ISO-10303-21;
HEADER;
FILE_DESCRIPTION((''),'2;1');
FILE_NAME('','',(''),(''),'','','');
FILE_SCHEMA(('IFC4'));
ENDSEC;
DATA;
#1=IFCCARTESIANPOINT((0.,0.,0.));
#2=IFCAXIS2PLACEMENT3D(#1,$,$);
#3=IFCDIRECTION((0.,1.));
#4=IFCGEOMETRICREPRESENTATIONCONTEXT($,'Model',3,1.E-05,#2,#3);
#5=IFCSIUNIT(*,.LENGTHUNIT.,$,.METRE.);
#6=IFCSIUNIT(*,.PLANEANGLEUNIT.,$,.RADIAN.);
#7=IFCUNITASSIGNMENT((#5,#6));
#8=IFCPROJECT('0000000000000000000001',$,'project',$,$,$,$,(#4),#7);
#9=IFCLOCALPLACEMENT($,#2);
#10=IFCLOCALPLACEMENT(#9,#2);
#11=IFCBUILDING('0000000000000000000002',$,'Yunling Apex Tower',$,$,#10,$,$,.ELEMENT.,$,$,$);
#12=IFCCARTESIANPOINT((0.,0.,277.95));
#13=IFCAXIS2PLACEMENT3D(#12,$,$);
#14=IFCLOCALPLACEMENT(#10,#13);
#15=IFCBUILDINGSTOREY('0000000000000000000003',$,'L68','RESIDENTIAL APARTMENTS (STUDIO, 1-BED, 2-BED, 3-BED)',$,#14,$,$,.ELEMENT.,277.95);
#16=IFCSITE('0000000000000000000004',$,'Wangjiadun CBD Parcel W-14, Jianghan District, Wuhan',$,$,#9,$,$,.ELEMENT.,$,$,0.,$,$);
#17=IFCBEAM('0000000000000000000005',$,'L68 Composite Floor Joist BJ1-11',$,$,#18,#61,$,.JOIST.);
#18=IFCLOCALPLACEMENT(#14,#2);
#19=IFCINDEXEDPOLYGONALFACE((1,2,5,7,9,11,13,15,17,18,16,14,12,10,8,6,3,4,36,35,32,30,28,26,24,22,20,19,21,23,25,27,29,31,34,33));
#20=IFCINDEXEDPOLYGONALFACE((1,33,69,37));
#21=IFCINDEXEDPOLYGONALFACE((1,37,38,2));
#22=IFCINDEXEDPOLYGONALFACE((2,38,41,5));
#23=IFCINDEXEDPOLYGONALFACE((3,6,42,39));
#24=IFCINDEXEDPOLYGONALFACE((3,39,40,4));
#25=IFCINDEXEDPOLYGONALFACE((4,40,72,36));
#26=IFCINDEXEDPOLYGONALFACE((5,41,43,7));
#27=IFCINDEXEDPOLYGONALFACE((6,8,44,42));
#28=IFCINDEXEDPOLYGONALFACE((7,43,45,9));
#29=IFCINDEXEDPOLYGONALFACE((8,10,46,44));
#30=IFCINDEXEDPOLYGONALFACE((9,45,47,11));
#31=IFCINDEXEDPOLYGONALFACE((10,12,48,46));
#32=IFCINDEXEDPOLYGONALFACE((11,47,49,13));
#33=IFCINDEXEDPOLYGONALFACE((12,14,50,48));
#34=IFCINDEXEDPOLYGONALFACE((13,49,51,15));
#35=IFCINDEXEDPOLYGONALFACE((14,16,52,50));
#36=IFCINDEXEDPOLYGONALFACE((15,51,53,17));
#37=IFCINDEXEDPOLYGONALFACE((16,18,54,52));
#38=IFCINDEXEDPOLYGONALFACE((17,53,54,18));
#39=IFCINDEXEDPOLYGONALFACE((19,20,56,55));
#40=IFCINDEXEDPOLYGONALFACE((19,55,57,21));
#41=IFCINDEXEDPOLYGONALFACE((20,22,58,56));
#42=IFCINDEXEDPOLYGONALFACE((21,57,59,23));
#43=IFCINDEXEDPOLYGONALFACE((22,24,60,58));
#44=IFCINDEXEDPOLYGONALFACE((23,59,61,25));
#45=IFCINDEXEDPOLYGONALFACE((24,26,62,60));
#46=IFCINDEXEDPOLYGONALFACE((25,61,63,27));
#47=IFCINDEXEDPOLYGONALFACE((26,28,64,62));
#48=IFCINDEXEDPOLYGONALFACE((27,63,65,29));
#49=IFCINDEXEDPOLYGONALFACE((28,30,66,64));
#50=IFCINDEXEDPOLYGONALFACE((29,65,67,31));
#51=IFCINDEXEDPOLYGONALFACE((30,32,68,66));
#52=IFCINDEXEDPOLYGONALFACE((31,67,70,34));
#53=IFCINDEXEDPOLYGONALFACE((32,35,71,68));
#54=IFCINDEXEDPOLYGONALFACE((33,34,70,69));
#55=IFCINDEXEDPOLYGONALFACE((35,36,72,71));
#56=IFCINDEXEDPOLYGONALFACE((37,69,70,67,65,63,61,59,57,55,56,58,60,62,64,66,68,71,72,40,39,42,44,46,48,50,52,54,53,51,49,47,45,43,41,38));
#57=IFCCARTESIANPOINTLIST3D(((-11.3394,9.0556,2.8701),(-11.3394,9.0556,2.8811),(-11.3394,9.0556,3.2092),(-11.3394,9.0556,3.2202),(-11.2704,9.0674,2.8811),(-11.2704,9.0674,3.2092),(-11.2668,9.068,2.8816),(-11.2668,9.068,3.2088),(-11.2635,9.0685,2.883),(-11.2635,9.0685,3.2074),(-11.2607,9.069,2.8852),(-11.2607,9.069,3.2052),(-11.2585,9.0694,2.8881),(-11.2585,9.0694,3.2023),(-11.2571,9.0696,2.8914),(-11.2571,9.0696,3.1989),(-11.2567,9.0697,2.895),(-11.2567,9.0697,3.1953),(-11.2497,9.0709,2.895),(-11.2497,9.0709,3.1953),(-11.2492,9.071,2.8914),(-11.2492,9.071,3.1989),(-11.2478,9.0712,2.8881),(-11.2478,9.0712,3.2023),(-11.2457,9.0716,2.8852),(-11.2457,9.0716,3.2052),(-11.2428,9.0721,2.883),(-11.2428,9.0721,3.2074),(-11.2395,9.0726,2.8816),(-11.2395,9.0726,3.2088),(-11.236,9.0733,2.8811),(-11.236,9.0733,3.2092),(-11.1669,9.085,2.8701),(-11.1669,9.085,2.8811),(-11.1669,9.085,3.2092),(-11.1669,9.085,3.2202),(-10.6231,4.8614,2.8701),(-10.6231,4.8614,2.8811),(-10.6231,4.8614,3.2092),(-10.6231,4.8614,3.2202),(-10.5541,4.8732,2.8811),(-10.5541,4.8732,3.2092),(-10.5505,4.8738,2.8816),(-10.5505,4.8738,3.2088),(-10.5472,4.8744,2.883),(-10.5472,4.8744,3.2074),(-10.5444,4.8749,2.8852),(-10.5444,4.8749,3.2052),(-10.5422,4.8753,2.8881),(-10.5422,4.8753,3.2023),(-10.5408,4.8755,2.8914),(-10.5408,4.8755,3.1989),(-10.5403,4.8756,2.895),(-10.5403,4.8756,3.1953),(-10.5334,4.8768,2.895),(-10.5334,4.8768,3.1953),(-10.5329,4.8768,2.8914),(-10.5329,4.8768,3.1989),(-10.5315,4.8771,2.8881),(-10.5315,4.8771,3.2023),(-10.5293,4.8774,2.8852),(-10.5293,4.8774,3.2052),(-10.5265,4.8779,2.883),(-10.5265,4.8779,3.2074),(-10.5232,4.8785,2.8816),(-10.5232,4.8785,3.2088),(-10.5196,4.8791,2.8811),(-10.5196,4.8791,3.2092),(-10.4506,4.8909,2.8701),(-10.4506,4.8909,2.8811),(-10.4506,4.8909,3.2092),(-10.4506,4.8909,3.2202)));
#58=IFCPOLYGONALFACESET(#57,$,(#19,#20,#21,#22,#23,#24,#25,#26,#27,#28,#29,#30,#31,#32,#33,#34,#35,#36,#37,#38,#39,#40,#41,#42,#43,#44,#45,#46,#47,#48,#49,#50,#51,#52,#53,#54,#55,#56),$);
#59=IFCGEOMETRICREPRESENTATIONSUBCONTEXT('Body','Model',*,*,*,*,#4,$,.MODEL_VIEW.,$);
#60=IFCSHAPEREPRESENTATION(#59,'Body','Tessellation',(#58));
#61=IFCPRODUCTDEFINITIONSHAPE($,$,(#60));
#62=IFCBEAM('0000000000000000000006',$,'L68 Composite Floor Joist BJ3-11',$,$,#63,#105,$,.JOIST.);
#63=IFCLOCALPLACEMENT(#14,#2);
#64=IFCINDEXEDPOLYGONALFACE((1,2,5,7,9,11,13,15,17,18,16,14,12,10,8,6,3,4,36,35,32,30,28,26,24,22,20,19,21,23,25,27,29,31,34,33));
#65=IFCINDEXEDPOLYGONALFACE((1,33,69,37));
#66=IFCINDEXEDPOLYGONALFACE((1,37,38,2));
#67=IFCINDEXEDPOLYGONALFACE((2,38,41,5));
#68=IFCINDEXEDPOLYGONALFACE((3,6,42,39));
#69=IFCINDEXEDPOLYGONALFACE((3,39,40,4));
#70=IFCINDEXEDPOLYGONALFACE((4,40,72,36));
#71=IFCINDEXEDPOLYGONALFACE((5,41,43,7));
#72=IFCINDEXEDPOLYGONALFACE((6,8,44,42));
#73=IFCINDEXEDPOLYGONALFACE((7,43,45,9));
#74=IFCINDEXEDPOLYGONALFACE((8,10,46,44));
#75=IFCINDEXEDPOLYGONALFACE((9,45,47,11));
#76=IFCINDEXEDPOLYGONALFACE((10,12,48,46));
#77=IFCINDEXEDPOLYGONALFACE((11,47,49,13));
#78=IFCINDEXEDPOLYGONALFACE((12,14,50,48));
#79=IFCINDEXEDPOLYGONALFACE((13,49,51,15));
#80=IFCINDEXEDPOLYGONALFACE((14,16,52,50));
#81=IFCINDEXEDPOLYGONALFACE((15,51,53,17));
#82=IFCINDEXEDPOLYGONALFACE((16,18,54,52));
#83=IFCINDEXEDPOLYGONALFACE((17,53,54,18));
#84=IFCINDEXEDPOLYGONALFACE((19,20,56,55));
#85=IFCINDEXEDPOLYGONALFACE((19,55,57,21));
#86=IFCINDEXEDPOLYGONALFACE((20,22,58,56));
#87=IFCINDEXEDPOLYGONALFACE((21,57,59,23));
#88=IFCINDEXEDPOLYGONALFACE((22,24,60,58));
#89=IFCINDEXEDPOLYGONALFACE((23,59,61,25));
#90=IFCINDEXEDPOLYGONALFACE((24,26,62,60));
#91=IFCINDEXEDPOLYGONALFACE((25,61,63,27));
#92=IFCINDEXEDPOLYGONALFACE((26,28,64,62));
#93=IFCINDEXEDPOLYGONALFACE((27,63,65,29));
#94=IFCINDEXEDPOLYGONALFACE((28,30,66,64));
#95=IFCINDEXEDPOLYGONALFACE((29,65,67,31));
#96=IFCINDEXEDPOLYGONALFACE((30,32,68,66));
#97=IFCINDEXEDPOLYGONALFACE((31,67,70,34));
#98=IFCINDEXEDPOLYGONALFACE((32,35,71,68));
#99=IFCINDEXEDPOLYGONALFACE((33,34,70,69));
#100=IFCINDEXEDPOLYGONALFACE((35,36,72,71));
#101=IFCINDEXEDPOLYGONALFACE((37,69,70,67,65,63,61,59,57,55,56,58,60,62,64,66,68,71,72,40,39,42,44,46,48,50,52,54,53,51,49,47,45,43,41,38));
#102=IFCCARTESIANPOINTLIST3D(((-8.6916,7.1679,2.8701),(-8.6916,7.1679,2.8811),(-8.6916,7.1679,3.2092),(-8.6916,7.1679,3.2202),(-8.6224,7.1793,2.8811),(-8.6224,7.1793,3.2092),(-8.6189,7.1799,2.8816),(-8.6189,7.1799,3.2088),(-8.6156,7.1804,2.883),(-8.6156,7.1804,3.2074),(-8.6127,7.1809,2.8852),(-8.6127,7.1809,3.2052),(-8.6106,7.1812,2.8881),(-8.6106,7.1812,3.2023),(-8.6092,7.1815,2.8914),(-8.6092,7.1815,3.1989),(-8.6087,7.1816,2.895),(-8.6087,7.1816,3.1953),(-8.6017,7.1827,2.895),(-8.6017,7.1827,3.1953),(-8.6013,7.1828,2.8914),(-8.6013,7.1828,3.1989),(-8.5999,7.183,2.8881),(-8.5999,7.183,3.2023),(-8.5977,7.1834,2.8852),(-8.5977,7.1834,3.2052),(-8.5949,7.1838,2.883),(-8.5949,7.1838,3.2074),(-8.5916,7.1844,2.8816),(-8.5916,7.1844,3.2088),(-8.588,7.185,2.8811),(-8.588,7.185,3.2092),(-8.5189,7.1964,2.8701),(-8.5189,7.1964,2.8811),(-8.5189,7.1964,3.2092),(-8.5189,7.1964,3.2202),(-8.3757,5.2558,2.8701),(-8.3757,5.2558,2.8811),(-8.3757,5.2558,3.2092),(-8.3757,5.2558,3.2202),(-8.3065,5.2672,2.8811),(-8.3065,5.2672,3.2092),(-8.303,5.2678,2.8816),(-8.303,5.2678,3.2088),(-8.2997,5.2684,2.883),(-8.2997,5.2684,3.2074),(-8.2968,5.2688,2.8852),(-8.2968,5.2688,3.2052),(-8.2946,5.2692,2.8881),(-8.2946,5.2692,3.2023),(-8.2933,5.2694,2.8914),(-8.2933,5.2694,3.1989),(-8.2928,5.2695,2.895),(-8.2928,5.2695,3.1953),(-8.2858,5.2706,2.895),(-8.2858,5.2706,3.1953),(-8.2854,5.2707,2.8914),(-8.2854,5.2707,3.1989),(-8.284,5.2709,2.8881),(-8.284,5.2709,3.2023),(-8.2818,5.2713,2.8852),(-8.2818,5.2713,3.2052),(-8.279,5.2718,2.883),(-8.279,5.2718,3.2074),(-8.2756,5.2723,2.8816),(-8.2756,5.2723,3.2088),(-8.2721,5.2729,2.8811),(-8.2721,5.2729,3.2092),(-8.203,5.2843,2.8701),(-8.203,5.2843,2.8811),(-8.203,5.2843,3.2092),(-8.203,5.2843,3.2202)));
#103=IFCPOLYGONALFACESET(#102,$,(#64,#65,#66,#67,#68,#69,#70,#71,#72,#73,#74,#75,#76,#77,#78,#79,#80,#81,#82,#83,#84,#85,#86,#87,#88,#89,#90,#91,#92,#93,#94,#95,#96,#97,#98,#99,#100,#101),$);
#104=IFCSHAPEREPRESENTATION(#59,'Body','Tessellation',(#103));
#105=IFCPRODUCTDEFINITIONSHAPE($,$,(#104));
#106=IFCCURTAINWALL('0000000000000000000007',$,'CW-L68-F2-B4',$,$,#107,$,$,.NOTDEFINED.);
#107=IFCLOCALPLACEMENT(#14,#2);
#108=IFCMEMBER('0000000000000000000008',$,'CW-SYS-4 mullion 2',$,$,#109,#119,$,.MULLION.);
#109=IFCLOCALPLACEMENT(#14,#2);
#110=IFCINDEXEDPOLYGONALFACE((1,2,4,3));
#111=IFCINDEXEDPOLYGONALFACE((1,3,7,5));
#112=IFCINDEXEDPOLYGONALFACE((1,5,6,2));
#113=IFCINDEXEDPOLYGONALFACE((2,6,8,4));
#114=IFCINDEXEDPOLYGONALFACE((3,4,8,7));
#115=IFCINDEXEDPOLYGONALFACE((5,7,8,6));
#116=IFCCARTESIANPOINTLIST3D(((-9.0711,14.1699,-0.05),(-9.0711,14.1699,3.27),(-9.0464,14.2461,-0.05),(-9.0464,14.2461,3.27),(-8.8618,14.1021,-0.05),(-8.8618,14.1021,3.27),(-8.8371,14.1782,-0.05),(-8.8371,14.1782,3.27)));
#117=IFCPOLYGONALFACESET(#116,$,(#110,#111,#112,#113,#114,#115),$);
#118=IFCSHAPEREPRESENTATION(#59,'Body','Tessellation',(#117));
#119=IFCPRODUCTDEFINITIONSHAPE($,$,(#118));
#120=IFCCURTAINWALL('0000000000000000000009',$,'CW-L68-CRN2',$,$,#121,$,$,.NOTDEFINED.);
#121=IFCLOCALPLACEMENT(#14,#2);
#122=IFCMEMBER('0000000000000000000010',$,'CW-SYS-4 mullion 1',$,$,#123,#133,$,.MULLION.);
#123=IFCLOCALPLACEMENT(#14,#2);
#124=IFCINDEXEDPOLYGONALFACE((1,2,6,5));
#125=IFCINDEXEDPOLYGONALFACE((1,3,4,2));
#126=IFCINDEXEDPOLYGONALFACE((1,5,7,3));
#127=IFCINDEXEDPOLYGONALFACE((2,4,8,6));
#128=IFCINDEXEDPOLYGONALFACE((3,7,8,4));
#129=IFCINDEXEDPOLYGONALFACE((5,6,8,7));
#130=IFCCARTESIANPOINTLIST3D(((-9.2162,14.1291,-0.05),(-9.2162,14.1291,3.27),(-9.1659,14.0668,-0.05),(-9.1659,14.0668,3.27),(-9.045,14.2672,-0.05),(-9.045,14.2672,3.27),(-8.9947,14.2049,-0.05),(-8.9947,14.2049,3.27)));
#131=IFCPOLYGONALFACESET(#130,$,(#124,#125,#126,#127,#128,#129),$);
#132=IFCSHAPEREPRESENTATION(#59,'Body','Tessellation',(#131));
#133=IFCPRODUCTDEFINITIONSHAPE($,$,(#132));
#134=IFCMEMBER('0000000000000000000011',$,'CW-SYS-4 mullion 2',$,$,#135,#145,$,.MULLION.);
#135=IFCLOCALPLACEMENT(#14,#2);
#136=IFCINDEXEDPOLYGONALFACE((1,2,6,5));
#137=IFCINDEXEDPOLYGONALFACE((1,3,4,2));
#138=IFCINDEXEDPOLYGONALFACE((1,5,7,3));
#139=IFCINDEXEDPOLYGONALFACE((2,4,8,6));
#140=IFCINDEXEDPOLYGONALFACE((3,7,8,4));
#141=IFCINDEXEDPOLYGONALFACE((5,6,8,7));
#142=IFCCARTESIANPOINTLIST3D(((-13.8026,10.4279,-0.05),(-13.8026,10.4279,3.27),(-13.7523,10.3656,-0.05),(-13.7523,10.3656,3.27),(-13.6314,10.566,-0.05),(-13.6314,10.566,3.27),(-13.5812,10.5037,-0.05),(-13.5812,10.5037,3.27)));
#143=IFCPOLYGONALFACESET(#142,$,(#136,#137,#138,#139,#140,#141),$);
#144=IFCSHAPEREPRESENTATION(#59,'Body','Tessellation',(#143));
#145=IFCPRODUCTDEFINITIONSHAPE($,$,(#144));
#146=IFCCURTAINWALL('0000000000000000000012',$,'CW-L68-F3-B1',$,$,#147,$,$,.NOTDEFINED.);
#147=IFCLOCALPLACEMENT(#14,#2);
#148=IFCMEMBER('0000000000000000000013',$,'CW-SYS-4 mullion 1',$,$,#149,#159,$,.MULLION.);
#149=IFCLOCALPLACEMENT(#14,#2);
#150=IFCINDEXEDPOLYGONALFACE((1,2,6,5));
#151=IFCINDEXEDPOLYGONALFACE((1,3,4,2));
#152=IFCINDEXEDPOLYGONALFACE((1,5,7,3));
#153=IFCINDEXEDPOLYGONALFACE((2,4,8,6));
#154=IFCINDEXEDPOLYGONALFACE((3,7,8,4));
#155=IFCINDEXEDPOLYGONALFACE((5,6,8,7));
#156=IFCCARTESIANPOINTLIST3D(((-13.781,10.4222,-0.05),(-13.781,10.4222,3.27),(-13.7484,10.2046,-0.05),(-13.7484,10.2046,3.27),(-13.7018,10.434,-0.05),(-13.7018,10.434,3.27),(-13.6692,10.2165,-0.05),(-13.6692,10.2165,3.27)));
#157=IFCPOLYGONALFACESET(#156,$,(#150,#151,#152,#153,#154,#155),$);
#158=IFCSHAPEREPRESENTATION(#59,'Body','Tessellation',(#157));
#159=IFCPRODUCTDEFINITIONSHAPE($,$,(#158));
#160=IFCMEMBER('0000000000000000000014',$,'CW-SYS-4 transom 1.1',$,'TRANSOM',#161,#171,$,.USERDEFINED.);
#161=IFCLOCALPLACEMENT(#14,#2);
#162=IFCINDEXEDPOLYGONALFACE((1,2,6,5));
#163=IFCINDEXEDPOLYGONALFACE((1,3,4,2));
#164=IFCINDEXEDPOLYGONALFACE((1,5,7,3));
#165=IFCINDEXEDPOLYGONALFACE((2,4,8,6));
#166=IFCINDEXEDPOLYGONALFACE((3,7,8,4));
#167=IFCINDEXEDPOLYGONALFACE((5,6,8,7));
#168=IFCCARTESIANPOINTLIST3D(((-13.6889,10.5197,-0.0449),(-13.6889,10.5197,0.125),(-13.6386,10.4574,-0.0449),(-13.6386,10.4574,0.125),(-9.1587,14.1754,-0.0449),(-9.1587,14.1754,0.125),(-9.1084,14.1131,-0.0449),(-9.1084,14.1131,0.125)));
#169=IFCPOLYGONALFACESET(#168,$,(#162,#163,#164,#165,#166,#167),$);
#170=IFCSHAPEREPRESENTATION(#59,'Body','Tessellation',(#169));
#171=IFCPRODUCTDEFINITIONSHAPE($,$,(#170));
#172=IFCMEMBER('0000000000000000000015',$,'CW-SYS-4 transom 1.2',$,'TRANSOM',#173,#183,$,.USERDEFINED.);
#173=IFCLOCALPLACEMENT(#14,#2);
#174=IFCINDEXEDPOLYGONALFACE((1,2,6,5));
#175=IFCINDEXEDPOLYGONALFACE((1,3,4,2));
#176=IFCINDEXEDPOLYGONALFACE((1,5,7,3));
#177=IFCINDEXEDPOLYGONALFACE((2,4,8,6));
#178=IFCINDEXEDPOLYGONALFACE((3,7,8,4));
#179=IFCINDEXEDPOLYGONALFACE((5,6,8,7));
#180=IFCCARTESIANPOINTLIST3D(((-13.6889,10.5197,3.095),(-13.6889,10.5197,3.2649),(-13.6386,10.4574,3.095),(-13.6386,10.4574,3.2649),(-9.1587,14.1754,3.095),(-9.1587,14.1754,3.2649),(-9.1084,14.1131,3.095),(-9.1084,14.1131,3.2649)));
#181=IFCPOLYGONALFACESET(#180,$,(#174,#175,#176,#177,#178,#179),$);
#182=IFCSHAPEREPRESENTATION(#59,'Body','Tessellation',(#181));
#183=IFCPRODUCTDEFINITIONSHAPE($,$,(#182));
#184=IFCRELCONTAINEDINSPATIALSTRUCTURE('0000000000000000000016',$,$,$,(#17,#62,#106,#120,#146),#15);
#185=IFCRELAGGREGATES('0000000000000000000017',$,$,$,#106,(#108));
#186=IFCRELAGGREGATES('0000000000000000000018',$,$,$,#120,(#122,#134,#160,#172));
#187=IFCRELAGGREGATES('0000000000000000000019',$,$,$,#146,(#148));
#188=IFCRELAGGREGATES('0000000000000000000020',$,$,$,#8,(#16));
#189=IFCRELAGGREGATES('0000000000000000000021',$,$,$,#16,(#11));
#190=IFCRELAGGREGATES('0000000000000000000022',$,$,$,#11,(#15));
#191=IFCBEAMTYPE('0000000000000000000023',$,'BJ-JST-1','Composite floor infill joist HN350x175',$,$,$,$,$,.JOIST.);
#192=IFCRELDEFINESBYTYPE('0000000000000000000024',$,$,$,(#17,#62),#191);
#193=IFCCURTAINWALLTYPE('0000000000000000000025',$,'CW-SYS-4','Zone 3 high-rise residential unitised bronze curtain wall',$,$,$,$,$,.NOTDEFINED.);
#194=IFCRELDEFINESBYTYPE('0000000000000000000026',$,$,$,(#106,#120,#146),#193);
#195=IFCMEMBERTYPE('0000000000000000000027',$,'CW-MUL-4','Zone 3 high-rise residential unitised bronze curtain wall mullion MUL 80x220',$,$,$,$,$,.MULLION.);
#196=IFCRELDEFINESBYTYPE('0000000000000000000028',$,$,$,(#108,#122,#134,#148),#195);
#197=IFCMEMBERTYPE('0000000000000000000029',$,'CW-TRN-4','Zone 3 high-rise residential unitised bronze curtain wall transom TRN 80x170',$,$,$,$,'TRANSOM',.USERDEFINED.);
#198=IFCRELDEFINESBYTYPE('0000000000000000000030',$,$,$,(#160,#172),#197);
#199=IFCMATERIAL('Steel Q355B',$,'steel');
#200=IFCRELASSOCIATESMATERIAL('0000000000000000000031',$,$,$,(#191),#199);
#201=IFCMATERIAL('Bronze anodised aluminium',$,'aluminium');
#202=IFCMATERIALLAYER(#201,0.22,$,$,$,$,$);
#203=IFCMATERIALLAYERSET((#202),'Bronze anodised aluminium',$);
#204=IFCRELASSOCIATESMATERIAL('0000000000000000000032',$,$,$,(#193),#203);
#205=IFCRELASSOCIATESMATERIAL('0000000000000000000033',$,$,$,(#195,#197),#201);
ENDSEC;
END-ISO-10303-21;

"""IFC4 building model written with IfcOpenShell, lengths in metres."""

from ifc_helpers import new_model, si_unit, direction, frame, origin, origin_2d, place, context, subcontext, project, spatial, rectangle, i_section, extrude, source, transform, mapped, material, layer, layer_set, material_profile, profile_set, type_object, element, aggregate, save


model = new_model("IFC4")

# Units and contexts
model_context = context("Model", 3, precision=1e-05, world=origin(), true_north=direction((0.0, 1.0)))
body_context = subcontext(model_context, "Body", "Model", "MODEL_VIEW")
ifc_project = project(units=[si_unit("LENGTHUNIT", "METRE"), si_unit("PLANEANGLEUNIT", "RADIAN")], contexts=[model_context])

# Site, building, storey
site_placement = place(None, origin())
site = spatial("IfcSite", under=ifc_project, at=site_placement, Name="Wangjiadun CBD Parcel W-14, Jianghan District, Wuhan", CompositionType="ELEMENT", RefElevation=0.0)
building_placement = place(site_placement, origin())
building = spatial("IfcBuilding", under=site, at=building_placement, Name="Yunling Apex Tower", CompositionType="ELEMENT")
storey_placement = place(building_placement, frame((0.0, 0.0, 277.95)))
storey = spatial("IfcBuildingStorey", under=building, at=storey_placement, Name="L68", Description="RESIDENTIAL APARTMENTS (STUDIO, 1-BED, 2-BED, 3-BED)", CompositionType="ELEMENT", Elevation=277.95)

# Shared definitions
ifc_material_1 = material(Name="Steel Q355B", Category="steel")

# Beams
ifc_material_profile_1 = material_profile(ifc_material_1, i_section(OverallWidth=0.175, OverallDepth=0.3501, WebThickness=0.0071, FlangeThickness=0.011, FilletRadius=0.0139, at=origin_2d()))
ifc_profile_set_1 = profile_set([ifc_material_profile_1], Name="Steel Q355B")
beam_type_1 = type_object("IfcBeamType", Name="BJ-JST-1", Description="Composite floor infill joist HN350x175", PredefinedType="JOIST", material=ifc_profile_set_1)
shared_shape_1 = source(origin(), body_context, "Body", "SweptSolid", [
    extrude(i_section(OverallWidth=0.175, OverallDepth=0.3501, WebThickness=0.0071, FlangeThickness=0.011, FilletRadius=0.0139, at=origin_2d()), origin(), (0.0, 0.0, 1.0), 4.2549),
])
beam_1_placement = place(storey_placement, frame((-11.2532, 9.0703, 3.0452), z_axis=(0.168352, -0.985727, 0.0), x_axis=(0.985727, 0.168352, 0.0)))
element("IfcBeam", 1, at=beam_1_placement, inside=storey, type_object=beam_type_1, Name="L68 Composite Floor Joist BJ1-11", PredefinedType="JOIST", context=body_context, shape_type="MappedRepresentation", body=[
    mapped(shared_shape_1, transform((0.0, 0.0, 0.0), scale=1.0)),
])
shared_shape_2 = source(origin(), body_context, "Body", "SweptSolid", [
    extrude(i_section(OverallWidth=0.175, OverallDepth=0.3501, WebThickness=0.0071, FlangeThickness=0.011, FilletRadius=0.0139, at=origin_2d()), origin(), (0.0, 0.0, 1.0), 1.938),
])
beam_2_placement = place(storey_placement, frame((-8.6052, 7.1821, 3.0452), z_axis=(0.16301, -0.986624, 0.0), x_axis=(0.986624, 0.16301, 0.0)))
element("IfcBeam", 2, at=beam_2_placement, inside=storey, type_object=beam_type_1, Name="L68 Composite Floor Joist BJ3-11", PredefinedType="JOIST", context=body_context, shape_type="MappedRepresentation", body=[
    mapped(shared_shape_2, transform((0.0, 0.0, 0.0), scale=1.0)),
])

# Curtain wall, member
ifc_material_2 = material(Name="Bronze anodised aluminium", Category="aluminium")
ifc_layer_1 = layer(ifc_material_2, 0.22)
ifc_layer_set_1 = layer_set([ifc_layer_1], Name="Bronze anodised aluminium")
curtain_wall_type = type_object("IfcCurtainWallType", Name="CW-SYS-4", Description="Zone 3 high-rise residential unitised bronze curtain wall", PredefinedType="NOTDEFINED", material=ifc_layer_set_1)
curtain_wall_1_placement = place(storey_placement, origin())
curtain_wall_1 = element("IfcCurtainWall", 3, at=curtain_wall_1_placement, inside=storey, type_object=curtain_wall_type, Name="CW-L68-F2-B4", PredefinedType="NOTDEFINED")
ifc_material_profile_2 = material_profile(ifc_material_2, rectangle(XDim=0.0801, YDim=0.22, at=origin_2d()))
ifc_profile_set_2 = profile_set([ifc_material_profile_2], Name="Bronze anodised aluminium")
member_type_1 = type_object("IfcMemberType", Name="CW-MUL-4", Description="Zone 3 high-rise residential unitised bronze curtain wall mullion MUL 80x220", PredefinedType="MULLION", material=ifc_profile_set_2)
shared_shape_3 = source(origin(), body_context, "Body", "SweptSolid", [
    extrude(rectangle(XDim=0.0801, YDim=0.22, at=origin_2d()), origin(), (0.0, 0.0, 1.0), 3.3201),
])
member_1_placement = place(storey_placement, frame((-8.9541, 14.1741, -0.05), z_axis=(0.0, 0.0, 1.0), x_axis=(-0.308353, -0.951272, 0.0)))
member_1 = element("IfcMember", 4, at=member_1_placement, type_object=member_type_1, Name="CW-SYS-4 mullion 2", PredefinedType="MULLION", context=body_context, shape_type="MappedRepresentation", body=[
    mapped(shared_shape_3, transform((0.0, 0.0, 0.0), scale=1.0)),
])

# Curtain wall, members
curtain_wall_2_placement = place(storey_placement, origin())
curtain_wall_2 = element("IfcCurtainWall", 5, at=curtain_wall_2_placement, inside=storey, type_object=curtain_wall_type, Name="CW-L68-CRN2", PredefinedType="NOTDEFINED")
member_2_placement = place(storey_placement, frame((-9.1055, 14.167, -0.05), z_axis=(0.0, 0.0, 1.0), x_axis=(0.627989, -0.778222, 0.0)))
member_2 = element("IfcMember", 6, at=member_2_placement, type_object=member_type_1, Name="CW-SYS-4 mullion 1", PredefinedType="MULLION", context=body_context, shape_type="MappedRepresentation", body=[
    mapped(shared_shape_3, transform((0.0, 0.0, 0.0), scale=1.0)),
])
member_3_placement = place(storey_placement, frame((-13.6919, 10.4658, -0.05), z_axis=(0.0, 0.0, 1.0), x_axis=(0.627989, -0.778222, 0.0)))
member_3 = element("IfcMember", 7, at=member_3_placement, type_object=member_type_1, Name="CW-SYS-4 mullion 2", PredefinedType="MULLION", context=body_context, shape_type="MappedRepresentation", body=[
    mapped(shared_shape_3, transform((0.0, 0.0, 0.0), scale=1.0)),
])

# Curtain wall, member
curtain_wall_3_placement = place(storey_placement, origin())
curtain_wall_3 = element("IfcCurtainWall", 8, at=curtain_wall_3_placement, inside=storey, type_object=curtain_wall_type, Name="CW-L68-F3-B1", PredefinedType="NOTDEFINED")
member_4_placement = place(storey_placement, frame((-13.7251, 10.3193, -0.05), z_axis=(0.0, 0.0, 1.0), x_axis=(0.989016, 0.147807, 0.0)))
member_4 = element("IfcMember", 9, at=member_4_placement, type_object=member_type_1, Name="CW-SYS-4 mullion 1", PredefinedType="MULLION", context=body_context, shape_type="MappedRepresentation", body=[
    mapped(shared_shape_3, transform((0.0, 0.0, 0.0), scale=1.0)),
])

# Members
ifc_material_profile_3 = material_profile(ifc_material_2, rectangle(XDim=0.0801, YDim=0.1699, at=origin_2d()))
ifc_profile_set_3 = profile_set([ifc_material_profile_3], Name="Bronze anodised aluminium")
member_type_2 = type_object("IfcMemberType", Name="CW-TRN-4", Description="Zone 3 high-rise residential unitised bronze curtain wall transom TRN 80x170", ElementType="TRANSOM", PredefinedType="USERDEFINED", material=ifc_profile_set_3)
shared_shape_4 = source(origin(), body_context, "Body", "SweptSolid", [
    extrude(rectangle(XDim=0.0801, YDim=0.1699, at=origin_2d()), origin(), (0.0, 0.0, 1.0), 5.8213),
])
member_5_placement = place(storey_placement, frame((-9.1335, 14.1443, 0.04), z_axis=(-0.778219, -0.627993, 0.0), x_axis=(0.627993, -0.778219, 0.0)))
member_5 = element("IfcMember", 10, at=member_5_placement, type_object=member_type_2, Name="CW-SYS-4 transom 1.1", ObjectType="TRANSOM", PredefinedType="USERDEFINED", context=body_context, shape_type="MappedRepresentation", body=[
    mapped(shared_shape_4, transform((0.0, 0.0, 0.0), scale=1.0)),
])
member_6_placement = place(storey_placement, frame((-9.1335, 14.1443, 3.1799), z_axis=(-0.778219, -0.627993, 0.0), x_axis=(0.627993, -0.778219, 0.0)))
member_6 = element("IfcMember", 11, at=member_6_placement, type_object=member_type_2, Name="CW-SYS-4 transom 1.2", ObjectType="TRANSOM", PredefinedType="USERDEFINED", context=body_context, shape_type="MappedRepresentation", body=[
    mapped(shared_shape_4, transform((0.0, 0.0, 0.0), scale=1.0)),
])

aggregate(curtain_wall_1, [member_1])
aggregate(curtain_wall_2, [member_2, member_3, member_5, member_6])
aggregate(curtain_wall_3, [member_4])

save(model, "model.ifc")
